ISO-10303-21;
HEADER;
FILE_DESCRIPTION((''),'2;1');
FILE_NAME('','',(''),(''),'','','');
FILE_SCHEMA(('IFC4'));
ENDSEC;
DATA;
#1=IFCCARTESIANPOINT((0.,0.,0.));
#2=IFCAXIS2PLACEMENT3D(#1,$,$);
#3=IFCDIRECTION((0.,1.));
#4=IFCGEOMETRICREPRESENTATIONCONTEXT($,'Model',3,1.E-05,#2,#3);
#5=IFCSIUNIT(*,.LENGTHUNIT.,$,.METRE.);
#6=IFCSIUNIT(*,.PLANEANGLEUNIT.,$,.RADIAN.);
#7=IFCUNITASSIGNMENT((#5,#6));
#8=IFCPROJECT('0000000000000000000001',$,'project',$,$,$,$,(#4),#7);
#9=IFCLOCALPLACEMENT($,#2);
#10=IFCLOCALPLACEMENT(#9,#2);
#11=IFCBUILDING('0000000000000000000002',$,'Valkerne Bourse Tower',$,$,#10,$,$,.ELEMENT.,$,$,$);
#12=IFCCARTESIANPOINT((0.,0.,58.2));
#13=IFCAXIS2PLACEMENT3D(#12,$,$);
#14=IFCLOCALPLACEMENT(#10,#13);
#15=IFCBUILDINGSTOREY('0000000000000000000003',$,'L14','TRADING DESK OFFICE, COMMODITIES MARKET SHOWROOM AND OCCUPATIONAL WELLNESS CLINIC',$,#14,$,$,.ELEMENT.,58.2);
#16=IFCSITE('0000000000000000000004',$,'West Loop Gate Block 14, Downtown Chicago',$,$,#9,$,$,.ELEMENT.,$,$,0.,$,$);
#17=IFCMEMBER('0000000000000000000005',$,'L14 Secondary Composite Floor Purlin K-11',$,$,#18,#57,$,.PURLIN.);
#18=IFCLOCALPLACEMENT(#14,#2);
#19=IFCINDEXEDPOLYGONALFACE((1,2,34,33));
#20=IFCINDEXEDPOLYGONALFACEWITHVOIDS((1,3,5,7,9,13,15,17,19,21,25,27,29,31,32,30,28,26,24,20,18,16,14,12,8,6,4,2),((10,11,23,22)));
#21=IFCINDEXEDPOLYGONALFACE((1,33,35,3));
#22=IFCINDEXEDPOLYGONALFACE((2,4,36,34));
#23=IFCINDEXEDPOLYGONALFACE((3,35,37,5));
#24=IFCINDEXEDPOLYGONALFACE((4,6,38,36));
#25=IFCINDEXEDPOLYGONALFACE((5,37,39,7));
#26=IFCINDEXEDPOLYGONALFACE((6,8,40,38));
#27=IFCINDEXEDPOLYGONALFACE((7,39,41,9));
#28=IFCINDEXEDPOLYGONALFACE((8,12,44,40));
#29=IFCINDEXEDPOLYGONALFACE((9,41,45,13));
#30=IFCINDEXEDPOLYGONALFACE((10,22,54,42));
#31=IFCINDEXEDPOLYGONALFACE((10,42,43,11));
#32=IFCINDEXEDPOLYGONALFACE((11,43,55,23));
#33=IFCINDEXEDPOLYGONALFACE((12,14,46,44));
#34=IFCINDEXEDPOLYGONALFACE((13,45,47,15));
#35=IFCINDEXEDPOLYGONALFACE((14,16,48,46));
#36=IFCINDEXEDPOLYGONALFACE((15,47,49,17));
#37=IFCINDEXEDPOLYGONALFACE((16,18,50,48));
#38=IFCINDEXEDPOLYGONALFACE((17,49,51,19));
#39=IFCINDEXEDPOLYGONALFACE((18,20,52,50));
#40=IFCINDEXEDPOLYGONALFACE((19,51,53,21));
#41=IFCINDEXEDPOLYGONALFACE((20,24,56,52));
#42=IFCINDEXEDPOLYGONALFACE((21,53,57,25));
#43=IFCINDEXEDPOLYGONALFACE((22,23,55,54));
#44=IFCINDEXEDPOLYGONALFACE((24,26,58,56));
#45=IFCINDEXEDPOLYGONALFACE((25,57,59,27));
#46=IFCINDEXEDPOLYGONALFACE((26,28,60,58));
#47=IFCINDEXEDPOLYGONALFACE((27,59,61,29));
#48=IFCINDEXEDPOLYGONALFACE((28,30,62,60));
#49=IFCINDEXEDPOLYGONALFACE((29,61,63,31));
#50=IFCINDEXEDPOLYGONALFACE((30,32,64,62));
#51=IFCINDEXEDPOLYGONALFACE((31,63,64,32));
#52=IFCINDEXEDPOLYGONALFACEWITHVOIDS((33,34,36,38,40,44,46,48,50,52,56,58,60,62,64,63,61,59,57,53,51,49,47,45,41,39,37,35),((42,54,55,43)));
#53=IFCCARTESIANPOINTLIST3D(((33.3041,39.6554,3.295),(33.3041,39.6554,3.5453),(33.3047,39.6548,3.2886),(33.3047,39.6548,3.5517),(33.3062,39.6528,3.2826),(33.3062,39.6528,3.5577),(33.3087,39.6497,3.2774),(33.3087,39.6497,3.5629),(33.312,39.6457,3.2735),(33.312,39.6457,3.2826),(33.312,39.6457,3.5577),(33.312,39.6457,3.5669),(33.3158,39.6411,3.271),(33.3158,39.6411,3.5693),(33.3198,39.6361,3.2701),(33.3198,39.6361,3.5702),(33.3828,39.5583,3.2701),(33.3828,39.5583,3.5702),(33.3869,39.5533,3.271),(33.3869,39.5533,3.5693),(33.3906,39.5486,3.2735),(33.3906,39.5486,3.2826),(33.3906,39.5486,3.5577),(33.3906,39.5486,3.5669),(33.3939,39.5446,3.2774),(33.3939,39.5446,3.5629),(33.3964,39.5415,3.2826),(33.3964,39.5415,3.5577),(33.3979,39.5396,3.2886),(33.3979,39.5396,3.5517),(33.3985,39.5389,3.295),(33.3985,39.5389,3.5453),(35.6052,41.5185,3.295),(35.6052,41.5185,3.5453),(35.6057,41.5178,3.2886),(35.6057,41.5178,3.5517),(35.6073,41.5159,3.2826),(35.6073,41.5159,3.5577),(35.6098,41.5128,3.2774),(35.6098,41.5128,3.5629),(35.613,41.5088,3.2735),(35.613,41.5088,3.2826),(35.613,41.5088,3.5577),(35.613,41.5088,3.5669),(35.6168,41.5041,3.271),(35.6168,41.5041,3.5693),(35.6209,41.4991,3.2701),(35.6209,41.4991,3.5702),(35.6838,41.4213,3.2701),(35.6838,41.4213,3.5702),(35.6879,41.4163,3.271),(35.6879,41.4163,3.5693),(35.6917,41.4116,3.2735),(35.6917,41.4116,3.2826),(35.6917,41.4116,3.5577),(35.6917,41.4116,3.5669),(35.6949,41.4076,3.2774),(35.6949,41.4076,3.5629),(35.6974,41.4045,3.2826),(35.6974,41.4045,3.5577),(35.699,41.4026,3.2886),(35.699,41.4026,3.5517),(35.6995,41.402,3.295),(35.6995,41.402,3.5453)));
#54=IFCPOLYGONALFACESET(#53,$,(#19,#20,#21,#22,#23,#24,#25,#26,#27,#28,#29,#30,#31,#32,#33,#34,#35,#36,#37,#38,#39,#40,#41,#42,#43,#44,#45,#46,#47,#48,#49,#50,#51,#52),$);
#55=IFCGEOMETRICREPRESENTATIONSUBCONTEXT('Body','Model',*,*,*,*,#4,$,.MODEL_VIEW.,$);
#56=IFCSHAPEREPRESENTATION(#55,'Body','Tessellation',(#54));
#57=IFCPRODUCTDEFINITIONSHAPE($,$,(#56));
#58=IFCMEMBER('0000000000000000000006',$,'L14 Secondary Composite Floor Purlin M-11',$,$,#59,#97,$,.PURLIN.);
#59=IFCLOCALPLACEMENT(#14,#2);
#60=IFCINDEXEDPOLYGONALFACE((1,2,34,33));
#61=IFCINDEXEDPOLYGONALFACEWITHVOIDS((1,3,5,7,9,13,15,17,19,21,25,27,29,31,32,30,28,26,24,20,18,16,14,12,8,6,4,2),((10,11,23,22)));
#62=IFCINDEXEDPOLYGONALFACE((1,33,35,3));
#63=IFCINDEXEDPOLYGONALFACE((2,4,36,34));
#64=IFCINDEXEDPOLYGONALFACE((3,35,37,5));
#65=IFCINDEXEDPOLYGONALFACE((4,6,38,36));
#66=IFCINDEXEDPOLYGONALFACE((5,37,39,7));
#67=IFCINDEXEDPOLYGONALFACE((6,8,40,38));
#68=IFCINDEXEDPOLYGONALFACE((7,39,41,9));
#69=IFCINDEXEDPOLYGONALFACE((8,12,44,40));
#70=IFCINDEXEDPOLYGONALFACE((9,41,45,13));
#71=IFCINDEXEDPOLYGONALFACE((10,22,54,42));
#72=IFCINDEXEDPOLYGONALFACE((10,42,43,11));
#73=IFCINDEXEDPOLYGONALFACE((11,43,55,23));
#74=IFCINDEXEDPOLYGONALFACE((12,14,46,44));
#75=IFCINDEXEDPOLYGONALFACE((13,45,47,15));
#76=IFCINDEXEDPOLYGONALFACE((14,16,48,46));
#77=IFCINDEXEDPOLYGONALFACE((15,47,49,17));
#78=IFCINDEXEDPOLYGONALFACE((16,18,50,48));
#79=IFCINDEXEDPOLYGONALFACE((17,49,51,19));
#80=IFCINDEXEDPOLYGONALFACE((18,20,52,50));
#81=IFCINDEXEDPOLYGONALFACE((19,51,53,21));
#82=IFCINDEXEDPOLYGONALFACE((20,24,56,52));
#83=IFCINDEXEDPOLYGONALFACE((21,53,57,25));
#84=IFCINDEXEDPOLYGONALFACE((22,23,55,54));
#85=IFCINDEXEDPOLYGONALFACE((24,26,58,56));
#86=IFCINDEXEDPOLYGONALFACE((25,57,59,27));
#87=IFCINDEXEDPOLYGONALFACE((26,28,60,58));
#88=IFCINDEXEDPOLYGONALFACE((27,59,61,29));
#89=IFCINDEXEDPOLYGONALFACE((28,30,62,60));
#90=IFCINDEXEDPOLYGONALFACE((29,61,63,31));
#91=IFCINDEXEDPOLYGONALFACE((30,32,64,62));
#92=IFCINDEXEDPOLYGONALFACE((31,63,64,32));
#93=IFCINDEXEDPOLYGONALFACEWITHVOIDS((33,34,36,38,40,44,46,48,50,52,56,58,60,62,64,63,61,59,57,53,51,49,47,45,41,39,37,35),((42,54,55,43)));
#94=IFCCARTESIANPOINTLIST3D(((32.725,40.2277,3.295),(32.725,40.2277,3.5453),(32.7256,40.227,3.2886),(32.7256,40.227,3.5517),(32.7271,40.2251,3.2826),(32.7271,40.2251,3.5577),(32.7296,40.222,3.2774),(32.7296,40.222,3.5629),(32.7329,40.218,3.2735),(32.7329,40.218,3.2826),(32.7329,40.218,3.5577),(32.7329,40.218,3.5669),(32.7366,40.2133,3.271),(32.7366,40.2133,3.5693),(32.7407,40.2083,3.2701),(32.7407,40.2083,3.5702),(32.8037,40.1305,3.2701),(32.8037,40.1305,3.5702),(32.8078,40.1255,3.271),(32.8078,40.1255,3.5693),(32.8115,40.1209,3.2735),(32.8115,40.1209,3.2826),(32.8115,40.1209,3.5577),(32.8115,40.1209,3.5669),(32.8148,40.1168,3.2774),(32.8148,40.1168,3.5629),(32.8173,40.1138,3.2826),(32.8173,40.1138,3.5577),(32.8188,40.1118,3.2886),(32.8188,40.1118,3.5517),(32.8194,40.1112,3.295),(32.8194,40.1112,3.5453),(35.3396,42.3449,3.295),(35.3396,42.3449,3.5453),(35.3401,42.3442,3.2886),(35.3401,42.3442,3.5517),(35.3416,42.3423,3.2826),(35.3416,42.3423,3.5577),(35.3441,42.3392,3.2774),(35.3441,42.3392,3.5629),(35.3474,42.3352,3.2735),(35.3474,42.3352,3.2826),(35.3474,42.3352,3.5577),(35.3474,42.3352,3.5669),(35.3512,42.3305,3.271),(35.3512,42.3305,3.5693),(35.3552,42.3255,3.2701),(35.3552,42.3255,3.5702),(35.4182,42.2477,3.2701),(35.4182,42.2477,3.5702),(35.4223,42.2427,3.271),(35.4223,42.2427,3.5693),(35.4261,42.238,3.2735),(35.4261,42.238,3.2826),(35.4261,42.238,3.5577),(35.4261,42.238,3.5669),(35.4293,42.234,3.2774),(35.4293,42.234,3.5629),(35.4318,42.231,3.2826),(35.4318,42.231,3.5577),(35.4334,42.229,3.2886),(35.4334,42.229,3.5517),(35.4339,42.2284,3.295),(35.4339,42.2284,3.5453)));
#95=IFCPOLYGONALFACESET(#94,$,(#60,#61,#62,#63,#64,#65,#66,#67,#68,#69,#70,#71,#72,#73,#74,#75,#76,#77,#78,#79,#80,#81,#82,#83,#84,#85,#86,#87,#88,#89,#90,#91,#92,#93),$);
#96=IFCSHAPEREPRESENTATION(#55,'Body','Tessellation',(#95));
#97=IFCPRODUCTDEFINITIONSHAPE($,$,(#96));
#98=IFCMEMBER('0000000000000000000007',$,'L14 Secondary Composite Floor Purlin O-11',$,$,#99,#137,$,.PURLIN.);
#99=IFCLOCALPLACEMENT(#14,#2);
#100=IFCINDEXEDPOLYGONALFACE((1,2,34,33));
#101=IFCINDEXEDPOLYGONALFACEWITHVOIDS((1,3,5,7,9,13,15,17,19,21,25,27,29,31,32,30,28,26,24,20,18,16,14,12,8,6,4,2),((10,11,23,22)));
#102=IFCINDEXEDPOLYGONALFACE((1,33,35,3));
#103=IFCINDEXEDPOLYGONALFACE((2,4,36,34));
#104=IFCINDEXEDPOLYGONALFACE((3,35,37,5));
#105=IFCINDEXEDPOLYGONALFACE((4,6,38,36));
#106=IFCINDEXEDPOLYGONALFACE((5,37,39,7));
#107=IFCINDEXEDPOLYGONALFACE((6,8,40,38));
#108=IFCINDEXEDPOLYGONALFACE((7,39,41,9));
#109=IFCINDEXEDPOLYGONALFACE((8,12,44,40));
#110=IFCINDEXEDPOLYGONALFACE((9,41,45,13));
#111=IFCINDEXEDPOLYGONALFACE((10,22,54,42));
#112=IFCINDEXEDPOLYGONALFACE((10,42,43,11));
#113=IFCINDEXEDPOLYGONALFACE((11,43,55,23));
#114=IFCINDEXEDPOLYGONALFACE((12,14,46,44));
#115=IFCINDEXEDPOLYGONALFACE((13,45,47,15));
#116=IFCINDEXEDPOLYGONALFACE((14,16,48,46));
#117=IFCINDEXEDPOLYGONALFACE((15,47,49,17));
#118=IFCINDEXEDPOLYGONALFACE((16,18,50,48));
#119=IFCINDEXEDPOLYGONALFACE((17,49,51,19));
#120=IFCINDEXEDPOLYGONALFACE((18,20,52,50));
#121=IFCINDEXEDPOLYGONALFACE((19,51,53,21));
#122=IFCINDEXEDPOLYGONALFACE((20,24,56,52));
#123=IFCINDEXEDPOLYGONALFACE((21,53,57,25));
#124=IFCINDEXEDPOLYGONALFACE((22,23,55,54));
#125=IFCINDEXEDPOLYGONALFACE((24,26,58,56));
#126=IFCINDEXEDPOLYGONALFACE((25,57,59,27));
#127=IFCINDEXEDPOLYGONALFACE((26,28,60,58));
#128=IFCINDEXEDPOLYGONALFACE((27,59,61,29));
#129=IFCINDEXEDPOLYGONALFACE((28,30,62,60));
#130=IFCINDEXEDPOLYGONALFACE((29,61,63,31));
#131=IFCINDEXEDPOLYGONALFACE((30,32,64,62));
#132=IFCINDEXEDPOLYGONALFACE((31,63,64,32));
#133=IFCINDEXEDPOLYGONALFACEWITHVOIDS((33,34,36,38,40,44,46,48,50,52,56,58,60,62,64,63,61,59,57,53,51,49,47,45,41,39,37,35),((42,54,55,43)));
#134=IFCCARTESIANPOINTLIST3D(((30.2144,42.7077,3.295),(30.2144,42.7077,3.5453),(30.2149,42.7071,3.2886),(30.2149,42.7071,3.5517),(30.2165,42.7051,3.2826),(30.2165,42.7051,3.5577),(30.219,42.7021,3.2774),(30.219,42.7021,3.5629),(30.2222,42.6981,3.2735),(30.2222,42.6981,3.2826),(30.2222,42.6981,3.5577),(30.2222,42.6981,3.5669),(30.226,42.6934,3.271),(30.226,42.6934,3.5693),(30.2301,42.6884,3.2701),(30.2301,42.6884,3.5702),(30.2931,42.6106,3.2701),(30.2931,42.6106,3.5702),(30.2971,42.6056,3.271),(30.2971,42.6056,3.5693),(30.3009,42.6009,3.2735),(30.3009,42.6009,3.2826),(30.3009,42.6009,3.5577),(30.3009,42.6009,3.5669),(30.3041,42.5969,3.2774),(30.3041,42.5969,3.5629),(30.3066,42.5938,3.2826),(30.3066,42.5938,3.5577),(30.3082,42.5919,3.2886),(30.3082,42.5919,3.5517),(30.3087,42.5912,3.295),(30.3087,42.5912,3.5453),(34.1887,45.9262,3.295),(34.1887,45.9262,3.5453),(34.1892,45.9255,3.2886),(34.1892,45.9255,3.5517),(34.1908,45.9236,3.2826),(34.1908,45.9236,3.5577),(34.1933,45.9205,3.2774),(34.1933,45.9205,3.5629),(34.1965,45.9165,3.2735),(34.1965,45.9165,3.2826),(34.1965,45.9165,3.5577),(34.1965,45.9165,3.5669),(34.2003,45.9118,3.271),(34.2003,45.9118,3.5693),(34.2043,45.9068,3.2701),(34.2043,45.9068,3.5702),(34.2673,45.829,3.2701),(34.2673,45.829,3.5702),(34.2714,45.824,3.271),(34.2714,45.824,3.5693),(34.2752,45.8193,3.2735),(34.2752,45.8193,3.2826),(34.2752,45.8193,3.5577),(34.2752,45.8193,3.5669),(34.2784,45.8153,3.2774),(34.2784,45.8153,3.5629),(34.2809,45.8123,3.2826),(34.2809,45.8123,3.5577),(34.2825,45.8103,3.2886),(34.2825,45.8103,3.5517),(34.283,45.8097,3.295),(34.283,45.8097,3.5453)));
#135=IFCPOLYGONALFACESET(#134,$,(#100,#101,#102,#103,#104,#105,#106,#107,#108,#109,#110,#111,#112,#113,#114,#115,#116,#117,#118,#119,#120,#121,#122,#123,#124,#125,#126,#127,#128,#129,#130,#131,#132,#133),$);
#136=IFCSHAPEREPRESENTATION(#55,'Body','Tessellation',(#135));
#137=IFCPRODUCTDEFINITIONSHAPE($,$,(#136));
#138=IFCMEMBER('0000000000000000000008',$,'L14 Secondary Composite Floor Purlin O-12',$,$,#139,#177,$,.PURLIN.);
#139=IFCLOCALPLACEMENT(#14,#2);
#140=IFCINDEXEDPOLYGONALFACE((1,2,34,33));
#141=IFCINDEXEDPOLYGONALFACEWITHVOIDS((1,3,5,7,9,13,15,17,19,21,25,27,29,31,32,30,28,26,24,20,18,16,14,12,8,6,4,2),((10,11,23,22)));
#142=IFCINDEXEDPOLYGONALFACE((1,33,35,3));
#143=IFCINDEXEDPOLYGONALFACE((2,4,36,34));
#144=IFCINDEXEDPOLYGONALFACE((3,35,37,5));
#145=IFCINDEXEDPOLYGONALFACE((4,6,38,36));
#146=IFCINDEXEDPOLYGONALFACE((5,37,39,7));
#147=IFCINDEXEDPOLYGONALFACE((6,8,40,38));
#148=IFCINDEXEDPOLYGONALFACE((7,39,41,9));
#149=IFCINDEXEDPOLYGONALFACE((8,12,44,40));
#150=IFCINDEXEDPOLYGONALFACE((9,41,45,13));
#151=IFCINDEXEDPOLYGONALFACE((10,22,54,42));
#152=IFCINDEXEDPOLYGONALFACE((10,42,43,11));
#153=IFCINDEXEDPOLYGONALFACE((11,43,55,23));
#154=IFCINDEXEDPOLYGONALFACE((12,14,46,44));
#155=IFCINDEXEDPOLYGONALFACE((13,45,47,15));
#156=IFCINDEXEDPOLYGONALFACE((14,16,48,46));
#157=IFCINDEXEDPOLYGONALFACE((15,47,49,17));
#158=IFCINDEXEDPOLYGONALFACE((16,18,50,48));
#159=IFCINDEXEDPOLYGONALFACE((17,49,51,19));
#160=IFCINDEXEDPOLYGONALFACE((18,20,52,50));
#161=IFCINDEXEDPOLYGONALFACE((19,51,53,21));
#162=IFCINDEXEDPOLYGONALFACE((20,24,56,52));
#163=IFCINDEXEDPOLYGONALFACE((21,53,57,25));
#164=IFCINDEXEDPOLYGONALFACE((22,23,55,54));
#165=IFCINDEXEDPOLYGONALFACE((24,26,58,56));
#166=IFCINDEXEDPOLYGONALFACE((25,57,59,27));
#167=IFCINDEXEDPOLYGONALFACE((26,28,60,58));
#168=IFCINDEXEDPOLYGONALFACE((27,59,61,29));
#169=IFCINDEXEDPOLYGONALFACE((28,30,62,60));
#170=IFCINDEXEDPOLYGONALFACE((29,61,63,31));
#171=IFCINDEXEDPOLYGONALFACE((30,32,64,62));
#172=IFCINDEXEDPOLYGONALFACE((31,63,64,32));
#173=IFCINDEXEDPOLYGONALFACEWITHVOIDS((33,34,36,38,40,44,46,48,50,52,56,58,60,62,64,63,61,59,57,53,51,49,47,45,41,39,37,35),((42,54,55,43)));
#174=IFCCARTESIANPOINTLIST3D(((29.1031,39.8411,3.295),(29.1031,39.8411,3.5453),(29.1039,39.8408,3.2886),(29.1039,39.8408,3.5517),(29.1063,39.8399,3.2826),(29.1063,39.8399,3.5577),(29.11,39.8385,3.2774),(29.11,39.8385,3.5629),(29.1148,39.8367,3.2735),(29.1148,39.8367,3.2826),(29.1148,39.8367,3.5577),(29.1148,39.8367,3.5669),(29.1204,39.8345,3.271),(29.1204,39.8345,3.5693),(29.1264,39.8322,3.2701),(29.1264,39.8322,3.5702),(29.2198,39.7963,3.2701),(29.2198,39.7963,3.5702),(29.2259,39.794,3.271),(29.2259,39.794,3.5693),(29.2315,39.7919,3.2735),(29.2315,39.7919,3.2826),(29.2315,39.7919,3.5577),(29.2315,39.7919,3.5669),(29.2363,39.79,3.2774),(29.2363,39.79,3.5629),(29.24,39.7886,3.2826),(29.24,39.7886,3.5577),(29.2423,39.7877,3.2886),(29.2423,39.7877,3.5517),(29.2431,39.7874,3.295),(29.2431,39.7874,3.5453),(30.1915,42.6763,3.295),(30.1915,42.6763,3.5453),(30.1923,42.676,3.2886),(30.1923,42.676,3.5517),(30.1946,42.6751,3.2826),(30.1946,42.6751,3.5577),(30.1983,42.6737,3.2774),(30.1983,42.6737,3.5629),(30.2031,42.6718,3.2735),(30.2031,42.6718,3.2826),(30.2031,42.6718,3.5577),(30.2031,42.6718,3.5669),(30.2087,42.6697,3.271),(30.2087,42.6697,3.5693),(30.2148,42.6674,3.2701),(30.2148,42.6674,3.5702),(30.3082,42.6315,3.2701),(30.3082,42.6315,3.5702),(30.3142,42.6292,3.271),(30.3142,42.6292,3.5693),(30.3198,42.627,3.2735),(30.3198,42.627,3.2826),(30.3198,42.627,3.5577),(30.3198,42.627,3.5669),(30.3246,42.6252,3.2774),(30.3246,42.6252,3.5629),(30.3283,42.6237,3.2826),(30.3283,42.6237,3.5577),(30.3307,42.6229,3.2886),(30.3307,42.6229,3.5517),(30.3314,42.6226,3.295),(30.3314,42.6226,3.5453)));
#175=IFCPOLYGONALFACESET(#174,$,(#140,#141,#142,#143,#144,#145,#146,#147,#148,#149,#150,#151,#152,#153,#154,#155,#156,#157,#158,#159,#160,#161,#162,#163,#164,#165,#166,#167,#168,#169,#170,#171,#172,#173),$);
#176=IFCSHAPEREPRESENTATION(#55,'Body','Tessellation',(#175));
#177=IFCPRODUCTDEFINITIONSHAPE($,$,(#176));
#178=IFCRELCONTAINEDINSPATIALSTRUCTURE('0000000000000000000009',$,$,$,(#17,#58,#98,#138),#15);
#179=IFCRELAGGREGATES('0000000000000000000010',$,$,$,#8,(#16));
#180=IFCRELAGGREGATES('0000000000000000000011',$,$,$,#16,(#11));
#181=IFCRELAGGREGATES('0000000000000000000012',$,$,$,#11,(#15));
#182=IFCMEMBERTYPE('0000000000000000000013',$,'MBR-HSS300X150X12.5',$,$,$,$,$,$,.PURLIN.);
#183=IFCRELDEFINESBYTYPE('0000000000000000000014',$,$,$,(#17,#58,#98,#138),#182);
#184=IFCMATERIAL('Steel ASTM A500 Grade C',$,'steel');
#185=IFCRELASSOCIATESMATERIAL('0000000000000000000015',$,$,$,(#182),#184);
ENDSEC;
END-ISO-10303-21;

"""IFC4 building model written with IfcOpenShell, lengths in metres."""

from ifc_helpers import new_model, si_unit, direction, frame, origin, origin_2d, place, context, subcontext, project, spatial, hollow_rectangle, extrude, material, material_profile, profile_set, type_object, element, save


model = new_model("IFC4")

# Units and contexts
model_context = context("Model", 3, precision=1e-05, world=origin(), true_north=direction((0.0, 1.0)))
body_context = subcontext(model_context, "Body", "Model", "MODEL_VIEW")
ifc_project = project(units=[si_unit("LENGTHUNIT", "METRE"), si_unit("PLANEANGLEUNIT", "RADIAN")], contexts=[model_context])

# Site, building, storey
site_placement = place(None, origin())
site = spatial("IfcSite", under=ifc_project, at=site_placement, Name="West Loop Gate Block 14, Downtown Chicago", CompositionType="ELEMENT", RefElevation=0.0)
building_placement = place(site_placement, origin())
building = spatial("IfcBuilding", under=site, at=building_placement, Name="Valkerne Bourse Tower", CompositionType="ELEMENT")
storey_placement = place(building_placement, frame((0.0, 0.0, 58.2)))
storey = spatial("IfcBuildingStorey", under=building, at=storey_placement, Name="L14", Description="TRADING DESK OFFICE, COMMODITIES MARKET SHOWROOM AND OCCUPATIONAL WELLNESS CLINIC", CompositionType="ELEMENT", Elevation=58.2)

# Members
ifc_material_1 = material(Name="Steel ASTM A500 Grade C", Category="steel")
ifc_material_profile_1 = material_profile(ifc_material_1, hollow_rectangle(XDim=0.1499, YDim=0.3, WallThickness=0.0125, OuterFilletRadius=0.0249, at=origin_2d()), Name="HSS300X150X12.5")
ifc_profile_set_1 = profile_set([ifc_material_profile_1], Name="Steel ASTM A500 Grade C")
member_type_1 = type_object("IfcMemberType", Name="MBR-HSS300X150X12.5", PredefinedType="PURLIN", material=ifc_profile_set_1)
member_1_placement = place(storey_placement, frame((35.6523, 41.4602, 3.4202), z_axis=(-0.777195, -0.62926, 0.0), x_axis=(0.62926, -0.777195, 0.0)))
element("IfcMember", 1, at=member_1_placement, inside=storey, type_object=member_type_1, Name="L14 Secondary Composite Floor Purlin K-11", PredefinedType="PURLIN", context=body_context, shape_type="SweptSolid", body=[
    extrude(hollow_rectangle(XDim=0.1499, YDim=0.3, WallThickness=0.0125, OuterFilletRadius=0.0249, at=origin_2d()), origin(), (0.0, 0.0, 1.0), 2.9607),
])
member_2_placement = place(storey_placement, frame((35.3867, 42.2866, 3.4202), z_axis=(-0.777145, -0.629321, 0.0), x_axis=(0.629321, -0.777145, 0.0)))
element("IfcMember", 2, at=member_2_placement, inside=storey, type_object=member_type_1, Name="L14 Secondary Composite Floor Purlin M-11", PredefinedType="PURLIN", context=body_context, shape_type="SweptSolid", body=[
    extrude(hollow_rectangle(XDim=0.1499, YDim=0.3, WallThickness=0.0125, OuterFilletRadius=0.0249, at=origin_2d()), origin(), (0.0, 0.0, 1.0), 3.3643),
])
member_3_placement = place(storey_placement, frame((34.2358, 45.8679, 3.4202), z_axis=(-0.777134, -0.629336, 0.0), x_axis=(0.629336, -0.777134, 0.0)))
element("IfcMember", 3, at=member_3_placement, inside=storey, type_object=member_type_1, Name="L14 Secondary Composite Floor Purlin O-11", PredefinedType="PURLIN", context=body_context, shape_type="SweptSolid", body=[
    extrude(hollow_rectangle(XDim=0.1499, YDim=0.3, WallThickness=0.0125, OuterFilletRadius=0.0249, at=origin_2d()), origin(), (0.0, 0.0, 1.0), 5.114),
])
member_4_placement = place(storey_placement, frame((30.2615, 42.6494, 3.4202), z_axis=(-0.358381, -0.933575, 0.0), x_axis=(0.933575, -0.358381, 0.0)))
element("IfcMember", 4, at=member_4_placement, inside=storey, type_object=member_type_1, Name="L14 Secondary Composite Floor Purlin O-12", PredefinedType="PURLIN", context=body_context, shape_type="SweptSolid", body=[
    extrude(hollow_rectangle(XDim=0.1499, YDim=0.3, WallThickness=0.0125, OuterFilletRadius=0.0249, at=origin_2d()), origin(), (0.0, 0.0, 1.0), 3.0369),
])

save(model, "model.ifc")
